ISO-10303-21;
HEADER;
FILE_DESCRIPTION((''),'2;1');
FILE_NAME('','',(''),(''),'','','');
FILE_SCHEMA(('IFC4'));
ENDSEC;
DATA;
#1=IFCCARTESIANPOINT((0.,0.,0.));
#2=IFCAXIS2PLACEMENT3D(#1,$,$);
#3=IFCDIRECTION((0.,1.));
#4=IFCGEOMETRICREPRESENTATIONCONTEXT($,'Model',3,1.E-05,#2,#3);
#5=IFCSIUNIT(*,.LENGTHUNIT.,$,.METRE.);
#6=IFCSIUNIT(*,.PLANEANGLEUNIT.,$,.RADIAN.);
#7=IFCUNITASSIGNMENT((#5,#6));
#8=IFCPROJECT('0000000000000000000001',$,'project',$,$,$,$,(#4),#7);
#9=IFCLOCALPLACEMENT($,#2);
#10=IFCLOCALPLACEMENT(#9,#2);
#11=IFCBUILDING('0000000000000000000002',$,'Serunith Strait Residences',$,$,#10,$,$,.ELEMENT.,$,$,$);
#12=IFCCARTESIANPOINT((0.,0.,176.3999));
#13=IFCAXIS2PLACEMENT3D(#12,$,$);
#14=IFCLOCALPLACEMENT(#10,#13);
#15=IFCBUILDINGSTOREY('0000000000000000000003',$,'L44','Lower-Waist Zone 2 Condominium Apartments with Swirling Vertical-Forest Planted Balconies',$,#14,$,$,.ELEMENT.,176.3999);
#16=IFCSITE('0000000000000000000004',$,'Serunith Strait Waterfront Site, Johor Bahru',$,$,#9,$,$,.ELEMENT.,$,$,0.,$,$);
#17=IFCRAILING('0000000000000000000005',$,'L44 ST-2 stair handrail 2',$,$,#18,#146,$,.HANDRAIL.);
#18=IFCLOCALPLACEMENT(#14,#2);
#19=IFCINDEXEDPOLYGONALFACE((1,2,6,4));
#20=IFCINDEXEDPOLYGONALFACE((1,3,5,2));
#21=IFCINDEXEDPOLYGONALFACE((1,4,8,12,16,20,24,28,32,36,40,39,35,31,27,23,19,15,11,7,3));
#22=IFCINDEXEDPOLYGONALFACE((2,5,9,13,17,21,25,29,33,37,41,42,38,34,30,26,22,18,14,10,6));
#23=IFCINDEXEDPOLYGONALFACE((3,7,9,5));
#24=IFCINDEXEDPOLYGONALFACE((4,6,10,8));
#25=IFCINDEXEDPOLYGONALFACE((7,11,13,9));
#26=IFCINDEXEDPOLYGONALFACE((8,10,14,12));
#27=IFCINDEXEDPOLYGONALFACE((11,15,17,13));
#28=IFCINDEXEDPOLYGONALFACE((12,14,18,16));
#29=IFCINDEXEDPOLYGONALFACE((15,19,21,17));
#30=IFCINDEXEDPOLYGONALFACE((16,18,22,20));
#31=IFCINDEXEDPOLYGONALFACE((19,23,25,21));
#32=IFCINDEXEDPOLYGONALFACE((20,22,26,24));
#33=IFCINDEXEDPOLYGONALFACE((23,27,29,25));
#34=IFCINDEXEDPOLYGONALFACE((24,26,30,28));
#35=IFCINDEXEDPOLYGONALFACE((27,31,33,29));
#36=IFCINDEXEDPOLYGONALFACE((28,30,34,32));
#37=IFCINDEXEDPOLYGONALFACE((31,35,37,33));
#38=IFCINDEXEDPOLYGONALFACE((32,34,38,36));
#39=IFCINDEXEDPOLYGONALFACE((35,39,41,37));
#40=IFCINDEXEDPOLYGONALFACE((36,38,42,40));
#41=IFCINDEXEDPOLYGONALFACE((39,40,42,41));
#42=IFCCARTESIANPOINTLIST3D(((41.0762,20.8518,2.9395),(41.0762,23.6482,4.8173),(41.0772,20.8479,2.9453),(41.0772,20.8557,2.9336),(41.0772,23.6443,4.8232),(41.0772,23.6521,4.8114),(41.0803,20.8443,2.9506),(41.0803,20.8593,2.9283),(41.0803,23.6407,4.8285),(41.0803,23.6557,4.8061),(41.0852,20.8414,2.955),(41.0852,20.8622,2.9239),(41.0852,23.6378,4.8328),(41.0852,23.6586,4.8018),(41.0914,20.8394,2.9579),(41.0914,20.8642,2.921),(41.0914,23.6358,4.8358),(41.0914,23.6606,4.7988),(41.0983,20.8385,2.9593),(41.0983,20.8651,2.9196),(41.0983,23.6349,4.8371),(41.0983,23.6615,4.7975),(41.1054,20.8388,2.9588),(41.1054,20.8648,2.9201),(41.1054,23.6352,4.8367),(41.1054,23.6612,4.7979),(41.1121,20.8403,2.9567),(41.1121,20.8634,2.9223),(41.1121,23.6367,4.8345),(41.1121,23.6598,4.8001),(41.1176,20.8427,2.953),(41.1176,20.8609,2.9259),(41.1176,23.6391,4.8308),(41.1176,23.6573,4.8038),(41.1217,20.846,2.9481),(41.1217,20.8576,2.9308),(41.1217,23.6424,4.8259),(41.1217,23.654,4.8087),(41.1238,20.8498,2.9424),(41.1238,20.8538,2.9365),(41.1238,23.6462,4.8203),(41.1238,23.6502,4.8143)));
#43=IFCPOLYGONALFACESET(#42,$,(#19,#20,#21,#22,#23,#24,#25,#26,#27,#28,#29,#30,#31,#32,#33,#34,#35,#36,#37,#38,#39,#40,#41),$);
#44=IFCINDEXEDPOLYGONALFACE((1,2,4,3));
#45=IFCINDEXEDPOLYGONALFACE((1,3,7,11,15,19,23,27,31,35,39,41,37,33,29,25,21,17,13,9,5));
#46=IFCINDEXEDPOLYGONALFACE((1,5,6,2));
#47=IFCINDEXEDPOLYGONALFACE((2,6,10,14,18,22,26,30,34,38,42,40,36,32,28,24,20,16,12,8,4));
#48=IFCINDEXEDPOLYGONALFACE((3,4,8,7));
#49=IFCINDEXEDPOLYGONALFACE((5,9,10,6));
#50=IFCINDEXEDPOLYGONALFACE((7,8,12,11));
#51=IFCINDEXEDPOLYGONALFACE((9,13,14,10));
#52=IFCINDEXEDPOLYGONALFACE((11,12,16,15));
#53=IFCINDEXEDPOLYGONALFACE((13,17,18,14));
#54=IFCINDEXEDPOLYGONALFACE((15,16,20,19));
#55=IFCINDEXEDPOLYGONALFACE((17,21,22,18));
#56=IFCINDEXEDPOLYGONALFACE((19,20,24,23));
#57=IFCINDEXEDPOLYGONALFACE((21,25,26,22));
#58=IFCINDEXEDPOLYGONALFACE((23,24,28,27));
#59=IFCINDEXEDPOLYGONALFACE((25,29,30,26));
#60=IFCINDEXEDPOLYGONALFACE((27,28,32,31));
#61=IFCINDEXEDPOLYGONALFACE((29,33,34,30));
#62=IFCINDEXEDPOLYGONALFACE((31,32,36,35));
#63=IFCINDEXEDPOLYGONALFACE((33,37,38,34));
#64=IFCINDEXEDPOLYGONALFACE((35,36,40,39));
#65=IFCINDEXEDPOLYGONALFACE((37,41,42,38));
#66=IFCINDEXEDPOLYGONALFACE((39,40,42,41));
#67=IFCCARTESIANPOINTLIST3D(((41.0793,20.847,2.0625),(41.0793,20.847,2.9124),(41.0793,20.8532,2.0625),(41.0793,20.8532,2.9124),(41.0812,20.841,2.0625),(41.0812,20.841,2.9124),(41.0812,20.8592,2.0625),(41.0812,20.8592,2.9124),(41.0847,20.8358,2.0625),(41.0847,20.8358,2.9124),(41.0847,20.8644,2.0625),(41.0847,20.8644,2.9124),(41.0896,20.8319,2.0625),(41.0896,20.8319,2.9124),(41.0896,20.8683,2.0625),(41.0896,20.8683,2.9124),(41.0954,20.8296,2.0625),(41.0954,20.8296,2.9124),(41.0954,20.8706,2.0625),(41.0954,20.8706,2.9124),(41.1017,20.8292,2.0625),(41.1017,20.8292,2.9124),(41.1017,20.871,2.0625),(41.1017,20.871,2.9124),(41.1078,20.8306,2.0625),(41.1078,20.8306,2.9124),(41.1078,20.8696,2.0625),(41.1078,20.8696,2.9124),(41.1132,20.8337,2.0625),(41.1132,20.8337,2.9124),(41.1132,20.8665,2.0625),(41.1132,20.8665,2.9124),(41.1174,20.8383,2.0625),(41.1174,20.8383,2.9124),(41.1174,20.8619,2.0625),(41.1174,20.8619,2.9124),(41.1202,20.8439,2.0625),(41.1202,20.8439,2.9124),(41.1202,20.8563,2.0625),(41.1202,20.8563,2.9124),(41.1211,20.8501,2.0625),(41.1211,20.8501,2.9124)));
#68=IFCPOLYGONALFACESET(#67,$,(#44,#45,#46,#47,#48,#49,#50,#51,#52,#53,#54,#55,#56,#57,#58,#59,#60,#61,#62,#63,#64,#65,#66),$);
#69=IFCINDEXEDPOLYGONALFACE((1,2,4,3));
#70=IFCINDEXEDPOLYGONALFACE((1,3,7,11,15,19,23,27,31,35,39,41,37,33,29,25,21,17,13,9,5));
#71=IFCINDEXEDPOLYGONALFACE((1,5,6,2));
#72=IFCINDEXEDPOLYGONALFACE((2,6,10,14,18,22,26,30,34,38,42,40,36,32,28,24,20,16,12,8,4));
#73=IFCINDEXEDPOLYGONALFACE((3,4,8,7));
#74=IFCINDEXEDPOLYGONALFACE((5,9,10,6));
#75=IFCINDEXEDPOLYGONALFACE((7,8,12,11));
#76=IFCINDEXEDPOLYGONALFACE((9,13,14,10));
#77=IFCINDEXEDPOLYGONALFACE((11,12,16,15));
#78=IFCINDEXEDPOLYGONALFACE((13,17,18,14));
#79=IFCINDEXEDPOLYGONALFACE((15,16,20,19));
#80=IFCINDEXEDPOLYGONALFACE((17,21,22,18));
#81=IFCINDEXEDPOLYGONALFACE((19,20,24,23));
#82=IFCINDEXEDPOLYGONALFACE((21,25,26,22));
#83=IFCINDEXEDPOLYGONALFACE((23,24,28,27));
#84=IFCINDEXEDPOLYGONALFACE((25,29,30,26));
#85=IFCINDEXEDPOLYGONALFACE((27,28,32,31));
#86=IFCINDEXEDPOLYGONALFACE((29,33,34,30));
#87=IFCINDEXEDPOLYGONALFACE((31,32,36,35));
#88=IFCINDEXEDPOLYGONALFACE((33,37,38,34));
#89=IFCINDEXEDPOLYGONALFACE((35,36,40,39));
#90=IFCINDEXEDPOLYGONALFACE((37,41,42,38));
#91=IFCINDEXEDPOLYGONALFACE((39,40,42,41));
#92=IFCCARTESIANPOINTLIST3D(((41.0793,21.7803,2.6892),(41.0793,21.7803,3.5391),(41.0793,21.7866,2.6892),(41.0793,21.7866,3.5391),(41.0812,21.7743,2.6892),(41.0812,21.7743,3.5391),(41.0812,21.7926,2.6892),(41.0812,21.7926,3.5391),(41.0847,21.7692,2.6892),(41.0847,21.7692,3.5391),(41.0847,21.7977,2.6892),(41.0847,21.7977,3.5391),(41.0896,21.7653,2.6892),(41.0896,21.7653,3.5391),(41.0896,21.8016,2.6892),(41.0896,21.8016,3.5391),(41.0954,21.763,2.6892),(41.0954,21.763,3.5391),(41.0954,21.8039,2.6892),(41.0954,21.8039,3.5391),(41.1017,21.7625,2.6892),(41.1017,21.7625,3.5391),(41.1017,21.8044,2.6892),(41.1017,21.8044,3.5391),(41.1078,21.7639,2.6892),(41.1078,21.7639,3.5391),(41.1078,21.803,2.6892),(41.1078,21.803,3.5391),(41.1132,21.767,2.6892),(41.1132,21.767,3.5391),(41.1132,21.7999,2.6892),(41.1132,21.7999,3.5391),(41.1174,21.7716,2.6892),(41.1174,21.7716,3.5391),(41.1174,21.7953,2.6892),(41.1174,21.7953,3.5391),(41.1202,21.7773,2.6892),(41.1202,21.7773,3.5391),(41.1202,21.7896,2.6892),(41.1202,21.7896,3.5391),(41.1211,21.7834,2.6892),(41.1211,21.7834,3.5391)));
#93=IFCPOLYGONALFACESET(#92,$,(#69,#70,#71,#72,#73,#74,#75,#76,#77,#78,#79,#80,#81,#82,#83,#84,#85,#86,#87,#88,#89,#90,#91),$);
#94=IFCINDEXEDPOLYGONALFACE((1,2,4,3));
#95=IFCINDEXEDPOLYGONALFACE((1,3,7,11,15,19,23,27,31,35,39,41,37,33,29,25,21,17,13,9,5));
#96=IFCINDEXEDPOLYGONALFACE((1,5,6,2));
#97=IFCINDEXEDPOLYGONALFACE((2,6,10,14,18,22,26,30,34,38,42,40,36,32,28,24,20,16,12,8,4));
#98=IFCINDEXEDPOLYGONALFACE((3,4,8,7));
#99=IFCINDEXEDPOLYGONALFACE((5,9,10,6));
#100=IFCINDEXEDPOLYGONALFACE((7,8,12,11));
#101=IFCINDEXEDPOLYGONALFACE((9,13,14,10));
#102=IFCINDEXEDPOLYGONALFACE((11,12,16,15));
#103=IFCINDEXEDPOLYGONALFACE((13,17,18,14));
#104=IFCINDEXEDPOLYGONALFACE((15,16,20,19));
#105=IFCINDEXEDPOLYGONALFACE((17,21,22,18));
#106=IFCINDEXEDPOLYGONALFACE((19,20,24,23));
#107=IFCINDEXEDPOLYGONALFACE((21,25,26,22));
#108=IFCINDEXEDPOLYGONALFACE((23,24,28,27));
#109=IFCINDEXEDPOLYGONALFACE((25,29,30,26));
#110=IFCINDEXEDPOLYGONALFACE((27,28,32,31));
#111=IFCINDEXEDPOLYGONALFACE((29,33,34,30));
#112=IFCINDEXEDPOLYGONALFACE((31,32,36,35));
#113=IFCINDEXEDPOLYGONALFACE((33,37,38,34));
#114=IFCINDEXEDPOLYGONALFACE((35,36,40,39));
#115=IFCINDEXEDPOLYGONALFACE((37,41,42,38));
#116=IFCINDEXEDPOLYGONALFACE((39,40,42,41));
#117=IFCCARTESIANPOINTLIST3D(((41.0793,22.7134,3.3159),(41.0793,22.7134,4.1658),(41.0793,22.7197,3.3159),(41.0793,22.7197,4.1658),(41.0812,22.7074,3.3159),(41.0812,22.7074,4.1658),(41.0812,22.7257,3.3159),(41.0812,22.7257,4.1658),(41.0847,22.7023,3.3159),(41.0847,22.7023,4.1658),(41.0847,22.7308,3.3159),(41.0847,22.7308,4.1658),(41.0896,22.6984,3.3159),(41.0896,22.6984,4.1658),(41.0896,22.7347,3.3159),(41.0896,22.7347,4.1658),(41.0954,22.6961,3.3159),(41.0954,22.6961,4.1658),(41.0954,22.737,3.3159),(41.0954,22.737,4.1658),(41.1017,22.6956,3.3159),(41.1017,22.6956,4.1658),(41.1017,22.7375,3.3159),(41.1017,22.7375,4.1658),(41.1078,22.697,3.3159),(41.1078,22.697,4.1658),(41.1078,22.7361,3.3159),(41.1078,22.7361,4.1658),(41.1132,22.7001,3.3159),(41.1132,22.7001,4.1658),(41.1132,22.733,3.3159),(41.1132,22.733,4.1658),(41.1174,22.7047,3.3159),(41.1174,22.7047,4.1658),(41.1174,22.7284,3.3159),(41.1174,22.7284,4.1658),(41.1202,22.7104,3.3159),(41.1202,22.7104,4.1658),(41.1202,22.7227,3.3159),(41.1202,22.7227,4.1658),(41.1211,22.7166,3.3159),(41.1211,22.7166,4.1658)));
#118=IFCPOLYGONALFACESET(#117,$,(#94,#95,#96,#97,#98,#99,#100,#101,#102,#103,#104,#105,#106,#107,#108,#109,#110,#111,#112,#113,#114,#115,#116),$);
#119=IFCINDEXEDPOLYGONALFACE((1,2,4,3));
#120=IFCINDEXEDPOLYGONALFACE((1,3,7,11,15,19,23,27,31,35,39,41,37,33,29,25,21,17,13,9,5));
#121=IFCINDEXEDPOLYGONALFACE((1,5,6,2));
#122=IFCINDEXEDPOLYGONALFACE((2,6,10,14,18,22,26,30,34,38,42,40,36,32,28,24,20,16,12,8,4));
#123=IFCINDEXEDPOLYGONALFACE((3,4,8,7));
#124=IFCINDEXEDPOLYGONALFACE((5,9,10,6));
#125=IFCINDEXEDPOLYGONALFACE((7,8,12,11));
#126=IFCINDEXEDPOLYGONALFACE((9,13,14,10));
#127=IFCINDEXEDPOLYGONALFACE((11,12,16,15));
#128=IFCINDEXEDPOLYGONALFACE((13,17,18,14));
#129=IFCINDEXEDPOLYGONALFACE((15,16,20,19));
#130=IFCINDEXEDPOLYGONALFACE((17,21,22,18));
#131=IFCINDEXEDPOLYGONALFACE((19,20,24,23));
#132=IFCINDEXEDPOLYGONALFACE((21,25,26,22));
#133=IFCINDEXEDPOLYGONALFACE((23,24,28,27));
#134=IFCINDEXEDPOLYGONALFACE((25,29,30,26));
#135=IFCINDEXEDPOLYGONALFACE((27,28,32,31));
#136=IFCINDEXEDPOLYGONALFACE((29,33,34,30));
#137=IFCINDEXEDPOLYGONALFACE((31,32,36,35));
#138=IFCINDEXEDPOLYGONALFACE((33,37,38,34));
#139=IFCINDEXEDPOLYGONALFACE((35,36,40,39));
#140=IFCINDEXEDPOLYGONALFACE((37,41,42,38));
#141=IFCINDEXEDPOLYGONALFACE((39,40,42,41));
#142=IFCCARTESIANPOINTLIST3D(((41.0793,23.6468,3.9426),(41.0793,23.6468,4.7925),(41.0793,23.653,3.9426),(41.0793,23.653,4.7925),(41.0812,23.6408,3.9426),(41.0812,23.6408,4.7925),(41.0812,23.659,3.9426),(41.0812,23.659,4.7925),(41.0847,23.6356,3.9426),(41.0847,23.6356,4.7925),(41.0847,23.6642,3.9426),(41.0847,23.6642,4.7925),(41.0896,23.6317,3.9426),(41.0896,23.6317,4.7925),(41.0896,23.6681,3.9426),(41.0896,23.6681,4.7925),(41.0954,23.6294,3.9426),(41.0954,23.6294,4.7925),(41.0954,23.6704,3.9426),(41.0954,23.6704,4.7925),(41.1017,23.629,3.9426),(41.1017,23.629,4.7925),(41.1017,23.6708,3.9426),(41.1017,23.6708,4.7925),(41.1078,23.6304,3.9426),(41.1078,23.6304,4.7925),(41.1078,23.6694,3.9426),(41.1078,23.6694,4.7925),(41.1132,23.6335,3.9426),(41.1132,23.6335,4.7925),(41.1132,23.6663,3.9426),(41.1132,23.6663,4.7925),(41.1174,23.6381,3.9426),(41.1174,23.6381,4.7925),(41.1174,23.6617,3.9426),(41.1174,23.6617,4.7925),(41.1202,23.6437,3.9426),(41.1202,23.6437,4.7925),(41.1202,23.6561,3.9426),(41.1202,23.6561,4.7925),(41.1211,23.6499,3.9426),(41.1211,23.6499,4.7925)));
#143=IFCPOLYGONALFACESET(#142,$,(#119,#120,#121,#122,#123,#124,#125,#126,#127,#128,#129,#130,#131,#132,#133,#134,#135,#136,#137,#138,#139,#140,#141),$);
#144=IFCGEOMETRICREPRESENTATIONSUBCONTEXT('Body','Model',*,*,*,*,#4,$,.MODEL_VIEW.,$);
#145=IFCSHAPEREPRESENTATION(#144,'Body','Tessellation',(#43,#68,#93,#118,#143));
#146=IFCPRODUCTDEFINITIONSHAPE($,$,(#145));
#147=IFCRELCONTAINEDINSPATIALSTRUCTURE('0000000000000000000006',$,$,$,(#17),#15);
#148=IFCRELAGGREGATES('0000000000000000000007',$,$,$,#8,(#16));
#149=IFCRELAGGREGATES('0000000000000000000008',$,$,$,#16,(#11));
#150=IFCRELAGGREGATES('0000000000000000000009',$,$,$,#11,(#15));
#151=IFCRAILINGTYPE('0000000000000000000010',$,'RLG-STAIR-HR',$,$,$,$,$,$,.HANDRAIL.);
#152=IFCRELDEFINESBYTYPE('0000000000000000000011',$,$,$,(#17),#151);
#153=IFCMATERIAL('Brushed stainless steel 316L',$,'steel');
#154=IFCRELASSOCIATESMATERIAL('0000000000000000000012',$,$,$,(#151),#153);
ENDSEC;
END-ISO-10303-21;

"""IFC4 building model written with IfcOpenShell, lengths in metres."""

from ifc_helpers import new_model, si_unit, direction, frame, origin, origin_2d, place, context, subcontext, project, spatial, circle, extrude, material, type_object, element, save


model = new_model("IFC4")

# Units and contexts
model_context = context("Model", 3, precision=1e-05, world=origin(), true_north=direction((0.0, 1.0)))
body_context = subcontext(model_context, "Body", "Model", "MODEL_VIEW")
ifc_project = project(units=[si_unit("LENGTHUNIT", "METRE"), si_unit("PLANEANGLEUNIT", "RADIAN")], contexts=[model_context])

# Site, building, storey
site_placement = place(None, origin())
site = spatial("IfcSite", under=ifc_project, at=site_placement, Name="Serunith Strait Waterfront Site, Johor Bahru", CompositionType="ELEMENT", RefElevation=0.0)
building_placement = place(site_placement, origin())
building = spatial("IfcBuilding", under=site, at=building_placement, Name="Serunith Strait Residences", CompositionType="ELEMENT")
storey_placement = place(building_placement, frame((0.0, 0.0, 176.3999)))
storey = spatial("IfcBuildingStorey", under=building, at=storey_placement, Name="L44", Description="Lower-Waist Zone 2 Condominium Apartments with Swirling Vertical-Forest Planted Balconies", CompositionType="ELEMENT", Elevation=176.3999)

# Railing
ifc_material_1 = material(Name="Brushed stainless steel 316L", Category="steel")
railing_type_1 = type_object("IfcRailingType", Name="RLG-STAIR-HR", PredefinedType="HANDRAIL", material=ifc_material_1)
railing_1_placement = place(storey_placement, frame((41.1001, 20.8501, 2.0625)))
element("IfcRailing", 1, at=railing_1_placement, inside=storey, type_object=railing_type_1, Name="L44 ST-2 stair handrail 2", PredefinedType="HANDRAIL", context=body_context, shape_type="SweptSolid", body=[
    extrude(circle(Radius=0.0239, at=origin_2d()), frame((0.0, 0.0017, 0.877), z_axis=(0.0, 0.830186, 0.557487), x_axis=(-1.0, 0.0, 0.0)), (0.0, 0.0, 1.0), 3.3684),
    extrude(circle(Radius=0.021, at=origin_2d()), origin(), (0.0, 0.0, 1.0), 0.8499),
    extrude(circle(Radius=0.021, at=origin_2d()), frame((0.0, 0.9333, 0.6267)), (0.0, 0.0, 1.0), 0.8499),
    extrude(circle(Radius=0.021, at=origin_2d()), frame((0.0, 1.8665, 1.2534)), (0.0, 0.0, 1.0), 0.8499),
    extrude(circle(Radius=0.021, at=origin_2d()), frame((0.0, 2.7998, 1.8801)), (0.0, 0.0, 1.0), 0.8499),
])

save(model, "model.ifc")
